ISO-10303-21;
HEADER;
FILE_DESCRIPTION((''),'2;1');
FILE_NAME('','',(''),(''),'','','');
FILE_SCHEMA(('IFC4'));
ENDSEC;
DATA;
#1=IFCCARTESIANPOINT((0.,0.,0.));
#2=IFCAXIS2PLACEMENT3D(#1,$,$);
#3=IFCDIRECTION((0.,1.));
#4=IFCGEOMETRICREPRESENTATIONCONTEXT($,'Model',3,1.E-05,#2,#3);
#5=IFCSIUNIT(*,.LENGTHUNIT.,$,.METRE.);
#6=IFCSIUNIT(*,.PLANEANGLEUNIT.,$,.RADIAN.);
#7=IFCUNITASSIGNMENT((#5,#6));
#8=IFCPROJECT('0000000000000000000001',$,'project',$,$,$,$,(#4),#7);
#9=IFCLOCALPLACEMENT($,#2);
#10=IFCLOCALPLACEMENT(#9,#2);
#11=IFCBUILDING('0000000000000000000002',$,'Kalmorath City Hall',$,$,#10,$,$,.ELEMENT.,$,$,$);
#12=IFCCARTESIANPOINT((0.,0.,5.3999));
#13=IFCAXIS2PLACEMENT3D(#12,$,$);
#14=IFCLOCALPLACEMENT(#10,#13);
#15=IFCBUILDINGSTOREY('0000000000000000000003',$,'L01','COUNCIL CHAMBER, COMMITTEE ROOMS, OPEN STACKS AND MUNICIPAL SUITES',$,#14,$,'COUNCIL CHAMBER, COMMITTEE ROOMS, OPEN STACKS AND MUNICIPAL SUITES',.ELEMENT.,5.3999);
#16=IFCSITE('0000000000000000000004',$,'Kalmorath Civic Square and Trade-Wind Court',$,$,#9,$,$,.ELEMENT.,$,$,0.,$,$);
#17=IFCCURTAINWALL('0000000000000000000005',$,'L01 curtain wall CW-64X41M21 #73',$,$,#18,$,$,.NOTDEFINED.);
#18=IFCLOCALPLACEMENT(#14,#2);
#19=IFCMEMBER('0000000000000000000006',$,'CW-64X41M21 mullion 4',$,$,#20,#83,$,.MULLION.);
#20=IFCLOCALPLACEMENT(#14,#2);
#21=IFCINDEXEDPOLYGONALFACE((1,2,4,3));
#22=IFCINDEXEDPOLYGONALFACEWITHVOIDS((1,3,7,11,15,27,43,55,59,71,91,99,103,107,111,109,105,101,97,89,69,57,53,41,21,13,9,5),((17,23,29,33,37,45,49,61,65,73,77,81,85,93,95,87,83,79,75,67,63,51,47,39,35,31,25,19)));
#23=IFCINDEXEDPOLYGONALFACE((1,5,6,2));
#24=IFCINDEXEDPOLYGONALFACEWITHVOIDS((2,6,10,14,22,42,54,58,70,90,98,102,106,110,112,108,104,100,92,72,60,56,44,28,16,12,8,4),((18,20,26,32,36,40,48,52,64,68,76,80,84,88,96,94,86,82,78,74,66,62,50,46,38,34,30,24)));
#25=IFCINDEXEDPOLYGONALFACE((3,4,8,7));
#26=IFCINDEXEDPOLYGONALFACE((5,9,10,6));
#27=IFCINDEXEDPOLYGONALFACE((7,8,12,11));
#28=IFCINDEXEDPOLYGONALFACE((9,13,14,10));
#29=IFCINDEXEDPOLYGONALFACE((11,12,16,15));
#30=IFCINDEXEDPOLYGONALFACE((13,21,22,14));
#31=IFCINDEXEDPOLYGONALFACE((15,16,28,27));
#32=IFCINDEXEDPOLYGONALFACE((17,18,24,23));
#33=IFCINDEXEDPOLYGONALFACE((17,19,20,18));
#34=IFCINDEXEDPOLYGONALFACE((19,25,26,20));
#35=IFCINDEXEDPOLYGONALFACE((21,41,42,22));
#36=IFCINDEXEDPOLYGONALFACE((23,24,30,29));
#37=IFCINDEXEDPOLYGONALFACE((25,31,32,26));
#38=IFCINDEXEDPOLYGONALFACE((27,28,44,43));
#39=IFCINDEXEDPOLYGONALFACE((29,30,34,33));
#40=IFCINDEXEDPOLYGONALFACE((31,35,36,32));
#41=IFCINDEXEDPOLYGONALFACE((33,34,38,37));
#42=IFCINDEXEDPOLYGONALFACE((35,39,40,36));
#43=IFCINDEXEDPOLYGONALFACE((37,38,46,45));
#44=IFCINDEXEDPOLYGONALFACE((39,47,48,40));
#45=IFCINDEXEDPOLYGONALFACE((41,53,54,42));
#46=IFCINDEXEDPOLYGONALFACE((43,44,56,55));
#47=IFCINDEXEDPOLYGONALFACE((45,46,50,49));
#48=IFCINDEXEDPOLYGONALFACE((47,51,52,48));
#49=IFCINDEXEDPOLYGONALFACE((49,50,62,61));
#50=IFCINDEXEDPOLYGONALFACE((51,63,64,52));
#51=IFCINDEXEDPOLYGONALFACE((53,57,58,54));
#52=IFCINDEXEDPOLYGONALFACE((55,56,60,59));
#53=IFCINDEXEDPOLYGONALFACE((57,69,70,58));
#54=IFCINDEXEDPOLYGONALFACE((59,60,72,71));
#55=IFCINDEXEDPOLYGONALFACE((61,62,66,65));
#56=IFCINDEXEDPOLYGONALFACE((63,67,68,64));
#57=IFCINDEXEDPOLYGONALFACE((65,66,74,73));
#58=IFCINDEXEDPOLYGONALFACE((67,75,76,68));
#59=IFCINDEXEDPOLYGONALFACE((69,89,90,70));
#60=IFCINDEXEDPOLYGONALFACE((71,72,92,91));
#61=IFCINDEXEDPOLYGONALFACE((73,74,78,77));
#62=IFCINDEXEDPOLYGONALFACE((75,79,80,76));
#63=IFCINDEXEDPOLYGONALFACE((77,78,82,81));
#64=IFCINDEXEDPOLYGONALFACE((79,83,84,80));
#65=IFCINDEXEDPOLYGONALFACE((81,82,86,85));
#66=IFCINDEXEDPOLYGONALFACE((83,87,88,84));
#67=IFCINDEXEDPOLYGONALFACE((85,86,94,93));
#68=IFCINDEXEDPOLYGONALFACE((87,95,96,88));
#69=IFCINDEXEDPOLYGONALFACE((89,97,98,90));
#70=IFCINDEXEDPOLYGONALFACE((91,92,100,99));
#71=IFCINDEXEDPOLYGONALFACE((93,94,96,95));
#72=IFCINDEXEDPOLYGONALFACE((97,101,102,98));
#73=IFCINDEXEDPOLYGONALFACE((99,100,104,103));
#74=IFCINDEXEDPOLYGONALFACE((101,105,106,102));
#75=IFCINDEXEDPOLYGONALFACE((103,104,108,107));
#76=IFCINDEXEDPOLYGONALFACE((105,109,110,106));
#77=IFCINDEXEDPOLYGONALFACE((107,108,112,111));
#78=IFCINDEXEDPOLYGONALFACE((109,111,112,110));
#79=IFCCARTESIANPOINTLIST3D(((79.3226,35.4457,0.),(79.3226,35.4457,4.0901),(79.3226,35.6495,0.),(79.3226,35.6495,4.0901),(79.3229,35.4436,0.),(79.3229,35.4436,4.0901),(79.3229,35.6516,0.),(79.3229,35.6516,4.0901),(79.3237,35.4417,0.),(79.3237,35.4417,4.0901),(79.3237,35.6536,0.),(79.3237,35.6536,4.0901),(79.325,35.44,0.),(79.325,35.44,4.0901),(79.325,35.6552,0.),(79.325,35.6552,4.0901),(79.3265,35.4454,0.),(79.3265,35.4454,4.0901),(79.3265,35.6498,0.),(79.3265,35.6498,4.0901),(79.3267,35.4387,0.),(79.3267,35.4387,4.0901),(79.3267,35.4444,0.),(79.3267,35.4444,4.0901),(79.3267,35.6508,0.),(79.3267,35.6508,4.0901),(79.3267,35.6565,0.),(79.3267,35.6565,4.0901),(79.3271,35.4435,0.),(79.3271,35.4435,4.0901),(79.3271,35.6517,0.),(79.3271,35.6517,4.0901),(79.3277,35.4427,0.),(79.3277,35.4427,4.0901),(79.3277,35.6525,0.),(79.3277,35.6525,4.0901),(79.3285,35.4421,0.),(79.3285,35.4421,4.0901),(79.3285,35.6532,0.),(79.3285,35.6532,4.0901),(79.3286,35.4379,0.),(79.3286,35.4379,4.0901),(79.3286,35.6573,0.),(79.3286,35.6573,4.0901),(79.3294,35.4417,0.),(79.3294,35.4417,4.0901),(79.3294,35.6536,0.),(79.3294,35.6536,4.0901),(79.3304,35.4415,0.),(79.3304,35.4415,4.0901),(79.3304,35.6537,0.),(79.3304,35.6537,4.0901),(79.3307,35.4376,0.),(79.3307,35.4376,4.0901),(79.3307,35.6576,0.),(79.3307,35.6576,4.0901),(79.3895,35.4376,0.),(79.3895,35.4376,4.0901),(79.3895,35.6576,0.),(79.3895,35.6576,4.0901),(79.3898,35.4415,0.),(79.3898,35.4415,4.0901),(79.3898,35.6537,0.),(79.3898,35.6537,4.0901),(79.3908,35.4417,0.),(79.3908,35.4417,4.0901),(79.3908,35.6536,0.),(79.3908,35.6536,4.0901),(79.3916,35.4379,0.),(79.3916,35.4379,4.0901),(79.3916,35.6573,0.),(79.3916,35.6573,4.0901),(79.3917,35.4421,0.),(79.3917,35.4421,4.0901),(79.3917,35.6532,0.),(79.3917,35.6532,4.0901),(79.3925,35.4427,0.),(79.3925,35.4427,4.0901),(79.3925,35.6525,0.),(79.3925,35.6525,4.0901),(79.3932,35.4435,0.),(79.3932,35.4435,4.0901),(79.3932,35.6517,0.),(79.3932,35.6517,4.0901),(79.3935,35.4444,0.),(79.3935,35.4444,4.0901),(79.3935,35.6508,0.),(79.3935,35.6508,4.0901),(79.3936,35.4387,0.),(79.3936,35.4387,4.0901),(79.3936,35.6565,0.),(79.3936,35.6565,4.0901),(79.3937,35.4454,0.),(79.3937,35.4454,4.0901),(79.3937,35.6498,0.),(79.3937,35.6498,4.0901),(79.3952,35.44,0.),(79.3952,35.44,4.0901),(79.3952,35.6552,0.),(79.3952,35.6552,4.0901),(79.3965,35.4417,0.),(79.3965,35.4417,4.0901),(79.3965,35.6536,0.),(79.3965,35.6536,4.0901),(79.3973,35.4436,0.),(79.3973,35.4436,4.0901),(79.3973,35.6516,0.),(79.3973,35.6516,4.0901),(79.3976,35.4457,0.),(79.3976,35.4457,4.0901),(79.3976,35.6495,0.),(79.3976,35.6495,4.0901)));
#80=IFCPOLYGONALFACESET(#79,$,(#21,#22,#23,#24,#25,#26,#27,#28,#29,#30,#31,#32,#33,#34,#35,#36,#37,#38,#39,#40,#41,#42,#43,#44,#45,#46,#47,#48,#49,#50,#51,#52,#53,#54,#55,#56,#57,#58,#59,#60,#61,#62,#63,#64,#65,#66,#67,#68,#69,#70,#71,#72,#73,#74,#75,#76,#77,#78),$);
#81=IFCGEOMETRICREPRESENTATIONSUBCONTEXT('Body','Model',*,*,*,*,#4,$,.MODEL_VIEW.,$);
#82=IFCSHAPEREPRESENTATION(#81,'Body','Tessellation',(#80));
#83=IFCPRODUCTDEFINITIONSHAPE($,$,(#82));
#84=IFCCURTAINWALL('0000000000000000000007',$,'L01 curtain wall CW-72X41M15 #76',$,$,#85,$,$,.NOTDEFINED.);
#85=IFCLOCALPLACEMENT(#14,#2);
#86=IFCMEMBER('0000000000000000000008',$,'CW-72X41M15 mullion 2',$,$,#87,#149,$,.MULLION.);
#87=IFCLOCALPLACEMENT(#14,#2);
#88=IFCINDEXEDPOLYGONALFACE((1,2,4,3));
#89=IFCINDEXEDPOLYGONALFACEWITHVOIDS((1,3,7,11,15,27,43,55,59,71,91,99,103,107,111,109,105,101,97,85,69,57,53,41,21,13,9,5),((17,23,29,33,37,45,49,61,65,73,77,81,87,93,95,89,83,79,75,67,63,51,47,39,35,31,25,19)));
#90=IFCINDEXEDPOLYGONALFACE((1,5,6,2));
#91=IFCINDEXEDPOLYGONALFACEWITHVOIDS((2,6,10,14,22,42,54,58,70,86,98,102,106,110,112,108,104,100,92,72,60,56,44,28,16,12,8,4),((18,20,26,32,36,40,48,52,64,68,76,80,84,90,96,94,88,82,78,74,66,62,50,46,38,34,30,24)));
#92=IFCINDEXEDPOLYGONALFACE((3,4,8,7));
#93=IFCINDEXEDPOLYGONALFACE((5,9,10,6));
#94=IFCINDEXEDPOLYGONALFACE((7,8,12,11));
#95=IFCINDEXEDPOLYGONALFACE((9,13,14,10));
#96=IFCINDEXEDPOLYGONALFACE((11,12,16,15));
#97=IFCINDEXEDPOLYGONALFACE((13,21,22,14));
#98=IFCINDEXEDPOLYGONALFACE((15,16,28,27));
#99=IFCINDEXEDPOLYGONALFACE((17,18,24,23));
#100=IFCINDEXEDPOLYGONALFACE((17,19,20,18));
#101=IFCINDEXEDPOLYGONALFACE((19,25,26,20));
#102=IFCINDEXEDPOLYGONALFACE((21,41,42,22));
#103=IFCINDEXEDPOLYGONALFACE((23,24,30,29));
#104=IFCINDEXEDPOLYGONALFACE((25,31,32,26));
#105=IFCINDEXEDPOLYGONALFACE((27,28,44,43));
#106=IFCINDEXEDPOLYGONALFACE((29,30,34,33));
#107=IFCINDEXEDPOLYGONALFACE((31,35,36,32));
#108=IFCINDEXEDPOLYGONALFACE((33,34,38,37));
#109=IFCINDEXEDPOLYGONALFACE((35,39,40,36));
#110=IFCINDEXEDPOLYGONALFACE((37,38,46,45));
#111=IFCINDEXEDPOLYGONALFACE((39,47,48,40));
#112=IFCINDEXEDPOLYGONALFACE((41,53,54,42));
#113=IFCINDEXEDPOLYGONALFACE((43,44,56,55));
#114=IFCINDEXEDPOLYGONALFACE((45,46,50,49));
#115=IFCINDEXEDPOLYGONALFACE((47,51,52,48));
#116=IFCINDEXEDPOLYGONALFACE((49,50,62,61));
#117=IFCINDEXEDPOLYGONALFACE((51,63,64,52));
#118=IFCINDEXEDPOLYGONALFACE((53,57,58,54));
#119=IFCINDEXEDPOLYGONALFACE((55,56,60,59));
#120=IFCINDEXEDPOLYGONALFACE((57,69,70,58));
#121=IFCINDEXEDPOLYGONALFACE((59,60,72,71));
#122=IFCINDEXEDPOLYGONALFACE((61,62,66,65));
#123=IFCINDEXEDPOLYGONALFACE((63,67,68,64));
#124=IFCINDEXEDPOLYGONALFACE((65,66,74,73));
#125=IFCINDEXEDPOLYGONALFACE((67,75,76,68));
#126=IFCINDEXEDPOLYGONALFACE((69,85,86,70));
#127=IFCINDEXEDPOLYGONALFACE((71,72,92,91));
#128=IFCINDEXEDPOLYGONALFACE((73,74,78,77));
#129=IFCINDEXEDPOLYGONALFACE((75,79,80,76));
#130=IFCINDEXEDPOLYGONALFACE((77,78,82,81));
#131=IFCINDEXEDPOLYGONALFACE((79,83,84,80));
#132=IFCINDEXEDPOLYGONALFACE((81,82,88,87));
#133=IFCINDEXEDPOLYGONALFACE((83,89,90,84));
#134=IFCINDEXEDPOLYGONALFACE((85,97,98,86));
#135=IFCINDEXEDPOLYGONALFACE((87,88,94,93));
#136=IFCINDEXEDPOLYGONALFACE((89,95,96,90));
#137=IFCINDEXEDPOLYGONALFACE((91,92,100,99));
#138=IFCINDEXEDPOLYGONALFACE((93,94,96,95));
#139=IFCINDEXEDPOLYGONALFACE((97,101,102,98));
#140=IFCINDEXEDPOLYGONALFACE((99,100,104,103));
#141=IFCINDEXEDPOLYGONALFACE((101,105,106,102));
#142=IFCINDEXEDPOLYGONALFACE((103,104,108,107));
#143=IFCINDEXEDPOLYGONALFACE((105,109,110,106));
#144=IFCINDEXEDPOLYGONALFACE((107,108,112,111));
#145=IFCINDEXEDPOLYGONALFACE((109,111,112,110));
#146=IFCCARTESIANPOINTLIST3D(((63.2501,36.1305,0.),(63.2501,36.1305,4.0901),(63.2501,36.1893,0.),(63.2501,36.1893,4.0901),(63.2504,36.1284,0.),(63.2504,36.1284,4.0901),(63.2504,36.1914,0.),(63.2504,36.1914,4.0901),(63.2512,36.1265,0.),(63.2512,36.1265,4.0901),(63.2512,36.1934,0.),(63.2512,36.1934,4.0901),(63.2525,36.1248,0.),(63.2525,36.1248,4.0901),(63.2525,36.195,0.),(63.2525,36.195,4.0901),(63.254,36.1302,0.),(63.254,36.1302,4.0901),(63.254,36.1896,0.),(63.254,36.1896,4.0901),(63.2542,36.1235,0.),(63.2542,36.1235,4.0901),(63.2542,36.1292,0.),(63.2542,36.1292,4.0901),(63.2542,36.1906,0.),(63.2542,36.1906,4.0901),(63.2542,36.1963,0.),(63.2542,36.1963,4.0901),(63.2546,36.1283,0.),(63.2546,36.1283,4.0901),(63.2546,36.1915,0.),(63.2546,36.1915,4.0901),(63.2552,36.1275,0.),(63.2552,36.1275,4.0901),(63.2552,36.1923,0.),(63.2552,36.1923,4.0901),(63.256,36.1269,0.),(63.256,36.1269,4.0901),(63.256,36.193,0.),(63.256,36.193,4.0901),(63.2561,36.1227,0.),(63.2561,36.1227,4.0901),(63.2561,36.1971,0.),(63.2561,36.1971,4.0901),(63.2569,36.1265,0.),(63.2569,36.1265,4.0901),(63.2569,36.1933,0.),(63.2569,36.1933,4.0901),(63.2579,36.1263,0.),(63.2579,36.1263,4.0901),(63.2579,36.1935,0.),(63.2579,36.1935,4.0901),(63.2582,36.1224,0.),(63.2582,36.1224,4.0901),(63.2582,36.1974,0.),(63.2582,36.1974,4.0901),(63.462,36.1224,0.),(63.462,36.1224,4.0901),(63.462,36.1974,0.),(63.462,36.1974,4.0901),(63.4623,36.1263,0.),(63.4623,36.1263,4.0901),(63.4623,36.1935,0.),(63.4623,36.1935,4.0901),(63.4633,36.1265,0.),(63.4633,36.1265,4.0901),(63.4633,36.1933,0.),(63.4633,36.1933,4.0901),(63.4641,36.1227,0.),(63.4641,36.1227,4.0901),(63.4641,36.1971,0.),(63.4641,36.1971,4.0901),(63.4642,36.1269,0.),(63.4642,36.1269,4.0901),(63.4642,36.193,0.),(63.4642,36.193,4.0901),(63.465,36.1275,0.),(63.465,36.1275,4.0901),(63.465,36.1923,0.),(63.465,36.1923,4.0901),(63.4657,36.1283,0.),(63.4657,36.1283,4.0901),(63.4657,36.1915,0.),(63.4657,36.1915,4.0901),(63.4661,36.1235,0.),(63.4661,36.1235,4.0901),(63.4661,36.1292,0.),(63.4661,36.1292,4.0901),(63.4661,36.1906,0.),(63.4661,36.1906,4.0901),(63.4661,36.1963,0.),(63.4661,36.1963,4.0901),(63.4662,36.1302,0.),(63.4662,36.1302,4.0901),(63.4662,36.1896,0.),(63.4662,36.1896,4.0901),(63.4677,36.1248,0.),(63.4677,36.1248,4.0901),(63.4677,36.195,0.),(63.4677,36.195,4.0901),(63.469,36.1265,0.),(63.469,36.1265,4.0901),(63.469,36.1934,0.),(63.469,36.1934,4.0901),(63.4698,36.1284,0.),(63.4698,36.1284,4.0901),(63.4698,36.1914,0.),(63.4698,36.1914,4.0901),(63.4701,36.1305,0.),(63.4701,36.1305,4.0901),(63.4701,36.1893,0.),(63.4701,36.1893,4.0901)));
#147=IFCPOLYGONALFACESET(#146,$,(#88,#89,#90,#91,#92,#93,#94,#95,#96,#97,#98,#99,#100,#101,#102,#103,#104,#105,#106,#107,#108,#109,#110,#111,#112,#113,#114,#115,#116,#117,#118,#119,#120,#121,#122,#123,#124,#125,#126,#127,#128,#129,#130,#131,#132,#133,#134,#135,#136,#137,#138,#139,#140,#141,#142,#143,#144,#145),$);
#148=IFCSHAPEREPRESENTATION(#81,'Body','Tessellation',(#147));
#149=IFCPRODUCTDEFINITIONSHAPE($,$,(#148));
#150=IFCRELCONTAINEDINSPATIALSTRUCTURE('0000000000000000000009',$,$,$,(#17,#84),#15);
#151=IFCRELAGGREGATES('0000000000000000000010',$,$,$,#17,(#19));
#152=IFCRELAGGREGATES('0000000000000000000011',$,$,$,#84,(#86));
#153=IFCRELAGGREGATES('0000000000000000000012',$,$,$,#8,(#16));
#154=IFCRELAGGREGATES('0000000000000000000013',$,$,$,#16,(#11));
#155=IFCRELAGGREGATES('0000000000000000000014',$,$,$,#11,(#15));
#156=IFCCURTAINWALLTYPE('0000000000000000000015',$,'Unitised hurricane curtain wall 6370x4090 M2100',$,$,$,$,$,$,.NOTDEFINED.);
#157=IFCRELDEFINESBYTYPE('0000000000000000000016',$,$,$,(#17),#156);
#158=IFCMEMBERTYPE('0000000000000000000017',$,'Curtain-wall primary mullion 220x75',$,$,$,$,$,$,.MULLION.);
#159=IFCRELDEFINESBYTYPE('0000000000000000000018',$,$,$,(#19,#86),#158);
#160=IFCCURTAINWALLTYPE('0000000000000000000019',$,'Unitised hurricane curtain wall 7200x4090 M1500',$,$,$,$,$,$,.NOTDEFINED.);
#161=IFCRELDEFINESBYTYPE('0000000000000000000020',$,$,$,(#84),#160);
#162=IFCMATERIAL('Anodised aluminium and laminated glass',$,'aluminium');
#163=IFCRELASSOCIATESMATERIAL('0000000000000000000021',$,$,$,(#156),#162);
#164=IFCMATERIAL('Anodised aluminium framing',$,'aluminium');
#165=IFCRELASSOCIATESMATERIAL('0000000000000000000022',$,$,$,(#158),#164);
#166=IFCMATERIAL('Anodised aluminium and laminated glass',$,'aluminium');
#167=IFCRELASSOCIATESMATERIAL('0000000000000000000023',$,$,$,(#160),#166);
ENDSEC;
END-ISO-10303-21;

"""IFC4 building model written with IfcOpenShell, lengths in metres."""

from ifc_helpers import new_model, si_unit, direction, frame, origin, origin_2d, place, context, subcontext, project, spatial, hollow_rectangle, extrude, material, material_profile, profile_set, type_object, element, aggregate, save


model = new_model("IFC4")

# Units and contexts
model_context = context("Model", 3, precision=1e-05, world=origin(), true_north=direction((0.0, 1.0)))
body_context = subcontext(model_context, "Body", "Model", "MODEL_VIEW")
ifc_project = project(units=[si_unit("LENGTHUNIT", "METRE"), si_unit("PLANEANGLEUNIT", "RADIAN")], contexts=[model_context])

# Site, building, storey
site_placement = place(None, origin())
site = spatial("IfcSite", under=ifc_project, at=site_placement, Name="Kalmorath Civic Square and Trade-Wind Court", CompositionType="ELEMENT", RefElevation=0.0)
building_placement = place(site_placement, origin())
building = spatial("IfcBuilding", under=site, at=building_placement, Name="Kalmorath City Hall", CompositionType="ELEMENT")
storey_placement = place(building_placement, frame((0.0, 0.0, 5.3999)))
storey = spatial("IfcBuildingStorey", under=building, at=storey_placement, Name="L01", Description="COUNCIL CHAMBER, COMMITTEE ROOMS, OPEN STACKS AND MUNICIPAL SUITES", LongName="COUNCIL CHAMBER, COMMITTEE ROOMS, OPEN STACKS AND MUNICIPAL SUITES", CompositionType="ELEMENT", Elevation=5.3999)

# Curtain wall, member
ifc_material_1 = material(Name="Anodised aluminium and laminated glass", Category="aluminium")
curtain_wall_type_1 = type_object("IfcCurtainWallType", Name="Unitised hurricane curtain wall 6370x4090 M2100", PredefinedType="NOTDEFINED", material=ifc_material_1)
curtain_wall_1_placement = place(storey_placement, origin())
curtain_wall_1 = element("IfcCurtainWall", 1, at=curtain_wall_1_placement, inside=storey, type_object=curtain_wall_type_1, Name="L01 curtain wall CW-64X41M21 #73", PredefinedType="NOTDEFINED")
ifc_material_2 = material(Name="Anodised aluminium framing", Category="aluminium")
ifc_material_profile_1 = material_profile(ifc_material_2, hollow_rectangle(XDim=0.075, YDim=0.22, WallThickness=0.0039, InnerFilletRadius=0.0039, OuterFilletRadius=0.0081, at=origin_2d()), Name="ALU-MUL-220X75X4")
ifc_profile_set_1 = profile_set([ifc_material_profile_1], Name="Anodised aluminium framing")
member_type_1 = type_object("IfcMemberType", Name="Curtain-wall primary mullion 220x75", PredefinedType="MULLION", material=ifc_profile_set_1)
member_1_placement = place(storey_placement, frame((79.3601, 35.5476, 0.0), z_axis=(0.0, 0.0, 1.0), x_axis=(-1.0, 0.0, 0.0)))
member_1 = element("IfcMember", 2, at=member_1_placement, type_object=member_type_1, Name="CW-64X41M21 mullion 4", PredefinedType="MULLION", context=body_context, shape_type="SweptSolid", body=[
    extrude(hollow_rectangle(XDim=0.075, YDim=0.22, WallThickness=0.0039, InnerFilletRadius=0.0039, OuterFilletRadius=0.0081, at=origin_2d()), origin(), (0.0, 0.0, 1.0), 4.0901),
])

# Curtain wall, member
ifc_material_3 = material(Name="Anodised aluminium and laminated glass", Category="aluminium")
curtain_wall_type_2 = type_object("IfcCurtainWallType", Name="Unitised hurricane curtain wall 7200x4090 M1500", PredefinedType="NOTDEFINED", material=ifc_material_3)
curtain_wall_2_placement = place(storey_placement, origin())
curtain_wall_2 = element("IfcCurtainWall", 3, at=curtain_wall_2_placement, inside=storey, type_object=curtain_wall_type_2, Name="L01 curtain wall CW-72X41M15 #76", PredefinedType="NOTDEFINED")
member_2_placement = place(storey_placement, frame((63.3601, 36.1599, 0.0), z_axis=(0.0, 0.0, 1.0), x_axis=(0.0, -1.0, 0.0)))
member_2 = element("IfcMember", 4, at=member_2_placement, type_object=member_type_1, Name="CW-72X41M15 mullion 2", PredefinedType="MULLION", context=body_context, shape_type="SweptSolid", body=[
    extrude(hollow_rectangle(XDim=0.075, YDim=0.22, WallThickness=0.0039, InnerFilletRadius=0.0039, OuterFilletRadius=0.0081, at=origin_2d()), origin(), (0.0, 0.0, 1.0), 4.0901),
])

aggregate(curtain_wall_1, [member_1])
aggregate(curtain_wall_2, [member_2])

save(model, "model.ifc")
